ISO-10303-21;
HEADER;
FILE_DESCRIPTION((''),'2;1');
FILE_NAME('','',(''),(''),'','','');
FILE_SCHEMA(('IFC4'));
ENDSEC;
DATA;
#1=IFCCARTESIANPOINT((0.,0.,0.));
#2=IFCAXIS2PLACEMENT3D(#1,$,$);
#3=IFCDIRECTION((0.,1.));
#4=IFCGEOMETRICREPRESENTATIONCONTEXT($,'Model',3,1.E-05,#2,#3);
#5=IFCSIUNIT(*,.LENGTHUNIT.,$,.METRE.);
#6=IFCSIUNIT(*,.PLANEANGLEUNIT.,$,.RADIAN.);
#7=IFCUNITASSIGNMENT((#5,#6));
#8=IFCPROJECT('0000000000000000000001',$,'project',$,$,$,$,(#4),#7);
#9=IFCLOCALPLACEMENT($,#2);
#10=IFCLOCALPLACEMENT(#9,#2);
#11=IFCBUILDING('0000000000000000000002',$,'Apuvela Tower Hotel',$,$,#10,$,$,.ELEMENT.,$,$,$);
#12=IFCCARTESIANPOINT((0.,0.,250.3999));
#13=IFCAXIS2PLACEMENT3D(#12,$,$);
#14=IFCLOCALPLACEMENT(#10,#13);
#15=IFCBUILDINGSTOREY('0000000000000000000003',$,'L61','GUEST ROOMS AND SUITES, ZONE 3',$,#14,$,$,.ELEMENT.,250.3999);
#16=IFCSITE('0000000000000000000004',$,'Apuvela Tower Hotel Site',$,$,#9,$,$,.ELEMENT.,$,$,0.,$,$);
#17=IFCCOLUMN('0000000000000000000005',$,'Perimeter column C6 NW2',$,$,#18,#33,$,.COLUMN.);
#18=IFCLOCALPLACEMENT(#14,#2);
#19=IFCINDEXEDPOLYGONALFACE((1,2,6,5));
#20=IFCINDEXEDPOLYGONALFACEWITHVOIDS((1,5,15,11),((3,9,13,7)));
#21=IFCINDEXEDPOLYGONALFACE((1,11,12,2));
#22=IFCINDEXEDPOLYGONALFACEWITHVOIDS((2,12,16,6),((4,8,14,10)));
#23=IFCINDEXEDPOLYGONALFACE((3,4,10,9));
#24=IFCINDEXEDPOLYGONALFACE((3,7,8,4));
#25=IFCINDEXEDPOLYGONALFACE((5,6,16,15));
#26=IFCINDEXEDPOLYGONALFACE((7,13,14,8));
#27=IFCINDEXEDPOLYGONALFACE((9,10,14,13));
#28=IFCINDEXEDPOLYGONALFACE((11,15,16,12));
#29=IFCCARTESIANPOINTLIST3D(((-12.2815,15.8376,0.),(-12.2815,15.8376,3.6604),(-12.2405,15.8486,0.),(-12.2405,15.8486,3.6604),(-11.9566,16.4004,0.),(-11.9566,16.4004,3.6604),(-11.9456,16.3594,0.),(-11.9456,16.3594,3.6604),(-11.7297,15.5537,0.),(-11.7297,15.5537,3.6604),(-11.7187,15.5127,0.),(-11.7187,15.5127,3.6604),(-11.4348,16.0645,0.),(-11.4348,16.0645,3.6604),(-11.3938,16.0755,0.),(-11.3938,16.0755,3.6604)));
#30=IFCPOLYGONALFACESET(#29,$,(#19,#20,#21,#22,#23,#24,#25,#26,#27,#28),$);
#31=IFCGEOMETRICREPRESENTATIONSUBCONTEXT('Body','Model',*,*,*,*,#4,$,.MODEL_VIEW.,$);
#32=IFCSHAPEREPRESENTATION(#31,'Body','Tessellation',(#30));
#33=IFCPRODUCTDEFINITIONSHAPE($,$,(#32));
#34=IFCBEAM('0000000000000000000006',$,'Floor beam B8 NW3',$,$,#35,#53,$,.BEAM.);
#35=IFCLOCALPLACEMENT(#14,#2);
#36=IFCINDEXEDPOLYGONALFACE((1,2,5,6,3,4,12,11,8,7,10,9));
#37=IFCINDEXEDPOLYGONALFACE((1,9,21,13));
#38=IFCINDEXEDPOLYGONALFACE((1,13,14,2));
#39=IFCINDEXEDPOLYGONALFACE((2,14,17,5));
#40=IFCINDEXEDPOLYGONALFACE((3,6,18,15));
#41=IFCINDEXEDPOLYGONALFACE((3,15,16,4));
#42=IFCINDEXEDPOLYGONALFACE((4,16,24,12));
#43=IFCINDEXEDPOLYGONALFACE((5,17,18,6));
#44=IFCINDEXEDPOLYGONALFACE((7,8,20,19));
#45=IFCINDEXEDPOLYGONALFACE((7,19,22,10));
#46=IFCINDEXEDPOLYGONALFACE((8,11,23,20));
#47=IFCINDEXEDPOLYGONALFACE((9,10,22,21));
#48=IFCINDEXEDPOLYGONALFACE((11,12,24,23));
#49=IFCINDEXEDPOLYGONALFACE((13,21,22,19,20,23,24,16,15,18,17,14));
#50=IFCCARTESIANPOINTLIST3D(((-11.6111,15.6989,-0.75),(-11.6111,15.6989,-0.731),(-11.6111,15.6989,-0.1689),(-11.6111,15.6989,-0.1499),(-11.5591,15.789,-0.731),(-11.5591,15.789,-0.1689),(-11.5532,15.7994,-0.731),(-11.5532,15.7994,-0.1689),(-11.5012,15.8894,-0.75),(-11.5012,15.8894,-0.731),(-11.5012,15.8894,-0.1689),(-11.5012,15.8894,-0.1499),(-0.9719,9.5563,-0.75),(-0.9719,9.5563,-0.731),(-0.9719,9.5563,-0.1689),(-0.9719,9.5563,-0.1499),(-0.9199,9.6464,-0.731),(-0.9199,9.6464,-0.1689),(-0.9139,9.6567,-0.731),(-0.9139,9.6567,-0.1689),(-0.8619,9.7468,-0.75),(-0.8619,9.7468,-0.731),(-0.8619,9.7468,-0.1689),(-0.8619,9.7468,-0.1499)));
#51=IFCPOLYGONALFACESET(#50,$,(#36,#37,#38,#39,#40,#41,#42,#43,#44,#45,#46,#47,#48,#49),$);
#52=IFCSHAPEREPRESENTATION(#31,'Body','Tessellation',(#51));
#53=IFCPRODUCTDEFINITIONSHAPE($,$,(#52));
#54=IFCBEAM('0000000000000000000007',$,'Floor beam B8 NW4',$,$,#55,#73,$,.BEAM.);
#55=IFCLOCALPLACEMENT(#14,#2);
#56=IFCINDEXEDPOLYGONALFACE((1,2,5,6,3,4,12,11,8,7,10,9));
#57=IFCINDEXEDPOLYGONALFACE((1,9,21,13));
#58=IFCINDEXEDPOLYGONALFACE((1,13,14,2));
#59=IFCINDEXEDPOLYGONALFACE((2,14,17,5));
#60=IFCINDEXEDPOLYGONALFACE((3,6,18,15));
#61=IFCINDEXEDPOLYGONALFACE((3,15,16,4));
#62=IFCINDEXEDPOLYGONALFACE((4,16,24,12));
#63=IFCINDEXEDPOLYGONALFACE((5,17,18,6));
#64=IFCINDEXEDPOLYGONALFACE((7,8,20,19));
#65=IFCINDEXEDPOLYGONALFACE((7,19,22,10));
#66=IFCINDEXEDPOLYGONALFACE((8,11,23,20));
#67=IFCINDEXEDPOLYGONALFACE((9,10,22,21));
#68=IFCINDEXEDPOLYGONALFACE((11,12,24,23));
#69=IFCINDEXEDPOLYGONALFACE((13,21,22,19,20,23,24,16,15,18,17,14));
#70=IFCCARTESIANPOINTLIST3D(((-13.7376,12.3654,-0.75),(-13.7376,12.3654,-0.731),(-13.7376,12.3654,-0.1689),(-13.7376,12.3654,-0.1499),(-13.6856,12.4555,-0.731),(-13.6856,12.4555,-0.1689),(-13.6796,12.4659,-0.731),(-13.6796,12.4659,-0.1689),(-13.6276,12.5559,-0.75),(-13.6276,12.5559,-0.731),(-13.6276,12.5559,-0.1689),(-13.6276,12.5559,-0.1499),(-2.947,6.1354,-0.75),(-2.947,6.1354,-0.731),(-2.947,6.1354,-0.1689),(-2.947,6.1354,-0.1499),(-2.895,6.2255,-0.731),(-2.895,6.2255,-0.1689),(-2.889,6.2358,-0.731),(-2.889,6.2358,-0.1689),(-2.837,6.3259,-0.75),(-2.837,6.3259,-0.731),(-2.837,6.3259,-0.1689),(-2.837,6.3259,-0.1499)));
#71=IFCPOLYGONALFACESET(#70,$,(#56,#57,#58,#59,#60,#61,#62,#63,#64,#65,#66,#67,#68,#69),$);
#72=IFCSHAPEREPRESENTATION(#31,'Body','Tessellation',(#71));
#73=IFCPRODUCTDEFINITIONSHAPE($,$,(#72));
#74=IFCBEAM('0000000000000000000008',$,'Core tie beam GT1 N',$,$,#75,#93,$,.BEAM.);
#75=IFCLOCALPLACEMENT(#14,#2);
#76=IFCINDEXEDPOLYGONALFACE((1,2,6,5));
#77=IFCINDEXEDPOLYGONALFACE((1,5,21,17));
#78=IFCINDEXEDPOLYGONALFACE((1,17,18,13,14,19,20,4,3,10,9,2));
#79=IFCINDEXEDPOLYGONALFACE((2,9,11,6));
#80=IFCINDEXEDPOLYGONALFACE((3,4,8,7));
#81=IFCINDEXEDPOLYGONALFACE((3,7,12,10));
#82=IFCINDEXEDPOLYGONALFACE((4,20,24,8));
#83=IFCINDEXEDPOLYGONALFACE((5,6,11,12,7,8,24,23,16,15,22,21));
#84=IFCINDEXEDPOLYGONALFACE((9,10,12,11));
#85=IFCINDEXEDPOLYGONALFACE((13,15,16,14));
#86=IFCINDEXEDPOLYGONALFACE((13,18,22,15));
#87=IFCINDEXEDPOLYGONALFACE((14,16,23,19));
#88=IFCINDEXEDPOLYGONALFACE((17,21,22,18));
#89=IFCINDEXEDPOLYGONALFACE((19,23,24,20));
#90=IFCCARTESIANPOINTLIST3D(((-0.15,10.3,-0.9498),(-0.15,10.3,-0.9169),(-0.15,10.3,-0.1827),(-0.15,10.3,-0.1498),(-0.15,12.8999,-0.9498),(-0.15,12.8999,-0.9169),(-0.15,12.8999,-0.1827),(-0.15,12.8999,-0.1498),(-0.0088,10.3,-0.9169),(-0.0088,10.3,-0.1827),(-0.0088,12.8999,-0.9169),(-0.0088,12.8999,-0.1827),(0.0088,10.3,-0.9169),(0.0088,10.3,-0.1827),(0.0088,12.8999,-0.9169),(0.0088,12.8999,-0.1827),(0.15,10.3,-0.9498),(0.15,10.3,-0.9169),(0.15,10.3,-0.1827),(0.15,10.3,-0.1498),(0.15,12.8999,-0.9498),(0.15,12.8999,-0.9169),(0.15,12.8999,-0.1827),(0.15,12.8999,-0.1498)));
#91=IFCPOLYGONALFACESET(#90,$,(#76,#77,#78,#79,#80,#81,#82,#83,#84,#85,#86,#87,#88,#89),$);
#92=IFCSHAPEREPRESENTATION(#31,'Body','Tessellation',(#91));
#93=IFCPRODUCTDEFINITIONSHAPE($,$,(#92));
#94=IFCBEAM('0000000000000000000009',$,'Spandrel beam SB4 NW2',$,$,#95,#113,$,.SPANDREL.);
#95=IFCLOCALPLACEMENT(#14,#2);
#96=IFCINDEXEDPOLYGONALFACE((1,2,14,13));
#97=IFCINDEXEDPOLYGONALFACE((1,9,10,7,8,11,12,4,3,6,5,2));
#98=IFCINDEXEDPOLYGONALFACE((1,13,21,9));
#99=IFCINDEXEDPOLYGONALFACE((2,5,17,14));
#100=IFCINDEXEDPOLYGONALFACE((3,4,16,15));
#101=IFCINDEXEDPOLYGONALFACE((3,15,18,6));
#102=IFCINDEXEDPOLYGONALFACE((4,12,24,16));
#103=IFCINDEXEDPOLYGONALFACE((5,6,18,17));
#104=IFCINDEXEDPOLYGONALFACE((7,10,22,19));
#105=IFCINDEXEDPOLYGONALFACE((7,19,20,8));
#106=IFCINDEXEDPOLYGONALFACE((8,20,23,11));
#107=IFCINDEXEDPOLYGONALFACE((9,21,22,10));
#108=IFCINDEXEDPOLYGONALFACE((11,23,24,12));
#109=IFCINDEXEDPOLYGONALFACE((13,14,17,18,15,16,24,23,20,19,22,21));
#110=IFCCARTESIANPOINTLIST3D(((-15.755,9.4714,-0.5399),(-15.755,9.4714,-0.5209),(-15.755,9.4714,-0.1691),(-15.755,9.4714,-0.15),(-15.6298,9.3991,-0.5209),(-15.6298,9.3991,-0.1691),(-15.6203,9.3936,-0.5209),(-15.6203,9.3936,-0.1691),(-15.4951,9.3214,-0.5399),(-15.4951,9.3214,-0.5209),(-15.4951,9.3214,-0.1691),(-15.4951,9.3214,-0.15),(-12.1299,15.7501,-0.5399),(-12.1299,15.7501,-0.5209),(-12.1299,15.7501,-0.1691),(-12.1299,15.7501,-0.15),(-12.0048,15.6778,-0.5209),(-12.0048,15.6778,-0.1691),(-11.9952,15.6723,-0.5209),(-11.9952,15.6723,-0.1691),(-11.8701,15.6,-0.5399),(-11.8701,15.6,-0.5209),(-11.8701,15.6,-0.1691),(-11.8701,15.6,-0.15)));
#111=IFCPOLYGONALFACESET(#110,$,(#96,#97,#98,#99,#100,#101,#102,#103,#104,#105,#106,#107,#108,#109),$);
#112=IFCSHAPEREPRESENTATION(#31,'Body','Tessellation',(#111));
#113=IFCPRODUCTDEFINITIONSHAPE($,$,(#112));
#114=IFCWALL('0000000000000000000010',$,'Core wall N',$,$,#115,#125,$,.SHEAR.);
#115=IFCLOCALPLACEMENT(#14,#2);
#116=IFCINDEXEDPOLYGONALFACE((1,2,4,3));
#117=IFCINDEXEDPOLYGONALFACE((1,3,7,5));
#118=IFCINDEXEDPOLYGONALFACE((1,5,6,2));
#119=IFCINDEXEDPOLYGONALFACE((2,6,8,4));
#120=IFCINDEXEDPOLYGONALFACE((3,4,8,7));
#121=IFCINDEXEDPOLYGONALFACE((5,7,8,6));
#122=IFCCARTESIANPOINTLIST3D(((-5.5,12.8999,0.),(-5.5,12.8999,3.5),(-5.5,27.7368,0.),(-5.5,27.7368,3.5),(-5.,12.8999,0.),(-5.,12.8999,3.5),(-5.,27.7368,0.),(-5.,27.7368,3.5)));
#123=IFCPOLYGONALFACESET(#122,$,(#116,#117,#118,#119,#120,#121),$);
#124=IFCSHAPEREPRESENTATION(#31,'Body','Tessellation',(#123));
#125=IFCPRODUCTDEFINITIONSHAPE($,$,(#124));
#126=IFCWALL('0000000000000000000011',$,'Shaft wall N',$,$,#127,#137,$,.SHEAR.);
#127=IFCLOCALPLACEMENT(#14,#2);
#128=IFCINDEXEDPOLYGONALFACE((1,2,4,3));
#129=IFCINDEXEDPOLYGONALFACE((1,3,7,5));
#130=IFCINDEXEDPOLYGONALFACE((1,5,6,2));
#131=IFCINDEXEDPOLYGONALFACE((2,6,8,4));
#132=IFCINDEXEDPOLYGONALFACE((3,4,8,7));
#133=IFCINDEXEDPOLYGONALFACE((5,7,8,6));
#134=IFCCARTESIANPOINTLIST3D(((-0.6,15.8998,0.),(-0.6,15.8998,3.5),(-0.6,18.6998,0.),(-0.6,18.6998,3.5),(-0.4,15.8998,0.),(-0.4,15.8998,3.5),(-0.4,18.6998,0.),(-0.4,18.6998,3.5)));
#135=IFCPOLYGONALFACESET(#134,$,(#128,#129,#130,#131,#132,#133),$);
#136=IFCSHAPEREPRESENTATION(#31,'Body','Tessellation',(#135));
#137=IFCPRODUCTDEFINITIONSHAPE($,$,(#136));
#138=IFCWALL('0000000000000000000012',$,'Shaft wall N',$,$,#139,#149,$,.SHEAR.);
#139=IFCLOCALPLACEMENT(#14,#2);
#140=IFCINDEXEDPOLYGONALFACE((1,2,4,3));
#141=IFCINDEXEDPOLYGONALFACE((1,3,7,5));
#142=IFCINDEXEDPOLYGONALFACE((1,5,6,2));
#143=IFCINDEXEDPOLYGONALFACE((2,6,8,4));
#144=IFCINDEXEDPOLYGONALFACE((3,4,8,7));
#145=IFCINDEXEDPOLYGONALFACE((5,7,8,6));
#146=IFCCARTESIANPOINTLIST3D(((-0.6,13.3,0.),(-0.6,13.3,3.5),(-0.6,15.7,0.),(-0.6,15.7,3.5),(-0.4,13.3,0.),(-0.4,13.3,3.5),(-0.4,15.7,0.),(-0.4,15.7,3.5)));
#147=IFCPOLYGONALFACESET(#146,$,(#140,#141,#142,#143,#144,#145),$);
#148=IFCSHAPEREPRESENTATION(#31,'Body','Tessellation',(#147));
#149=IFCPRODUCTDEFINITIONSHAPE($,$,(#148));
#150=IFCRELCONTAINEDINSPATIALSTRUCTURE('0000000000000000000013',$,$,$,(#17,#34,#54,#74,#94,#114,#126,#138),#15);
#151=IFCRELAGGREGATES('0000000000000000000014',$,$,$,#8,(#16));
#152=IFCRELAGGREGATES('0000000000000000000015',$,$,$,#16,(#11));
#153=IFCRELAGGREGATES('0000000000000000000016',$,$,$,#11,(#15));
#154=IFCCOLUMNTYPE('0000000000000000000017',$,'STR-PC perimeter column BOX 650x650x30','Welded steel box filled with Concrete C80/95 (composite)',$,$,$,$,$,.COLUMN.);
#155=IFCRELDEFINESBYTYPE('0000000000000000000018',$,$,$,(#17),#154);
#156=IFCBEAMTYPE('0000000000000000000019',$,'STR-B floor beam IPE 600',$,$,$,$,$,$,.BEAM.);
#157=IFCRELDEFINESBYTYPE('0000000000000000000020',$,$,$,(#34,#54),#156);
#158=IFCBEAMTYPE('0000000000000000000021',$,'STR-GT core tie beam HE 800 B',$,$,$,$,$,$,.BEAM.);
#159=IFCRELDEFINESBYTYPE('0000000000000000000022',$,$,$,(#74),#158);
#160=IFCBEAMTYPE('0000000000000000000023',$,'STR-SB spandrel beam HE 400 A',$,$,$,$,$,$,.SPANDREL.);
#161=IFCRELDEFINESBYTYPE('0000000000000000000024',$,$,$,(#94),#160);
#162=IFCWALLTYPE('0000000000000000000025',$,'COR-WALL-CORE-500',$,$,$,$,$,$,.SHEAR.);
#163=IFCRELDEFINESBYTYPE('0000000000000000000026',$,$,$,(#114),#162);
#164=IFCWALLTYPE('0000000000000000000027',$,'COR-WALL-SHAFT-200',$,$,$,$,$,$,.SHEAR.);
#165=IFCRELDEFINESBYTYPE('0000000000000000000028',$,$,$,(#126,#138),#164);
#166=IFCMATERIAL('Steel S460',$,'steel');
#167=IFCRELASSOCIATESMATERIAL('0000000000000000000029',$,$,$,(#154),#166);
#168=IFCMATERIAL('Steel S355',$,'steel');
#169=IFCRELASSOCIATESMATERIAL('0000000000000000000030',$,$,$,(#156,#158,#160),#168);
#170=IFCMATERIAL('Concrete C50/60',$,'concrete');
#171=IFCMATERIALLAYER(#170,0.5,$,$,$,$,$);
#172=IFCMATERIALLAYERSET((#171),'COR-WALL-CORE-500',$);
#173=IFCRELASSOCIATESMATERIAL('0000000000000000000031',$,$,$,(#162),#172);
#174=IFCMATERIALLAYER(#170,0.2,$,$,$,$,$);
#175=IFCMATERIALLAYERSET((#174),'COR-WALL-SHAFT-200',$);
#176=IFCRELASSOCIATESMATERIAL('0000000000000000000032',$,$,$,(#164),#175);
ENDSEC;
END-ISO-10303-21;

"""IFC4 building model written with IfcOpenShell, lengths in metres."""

from ifc_helpers import new_model, si_unit, direction, frame, frame_2d, origin, origin_2d, place, context, subcontext, project, spatial, rectangle, hollow_rectangle, i_section, extrude, boolean, halfspace, material, layer, layer_set, material_profile, profile_set, type_object, element, save


model = new_model("IFC4")

# Units and contexts
model_context = context("Model", 3, precision=1e-05, world=origin(), true_north=direction((0.0, 1.0)))
body_context = subcontext(model_context, "Body", "Model", "MODEL_VIEW")
ifc_project = project(units=[si_unit("LENGTHUNIT", "METRE"), si_unit("PLANEANGLEUNIT", "RADIAN")], contexts=[model_context])

# Site, building, storey
site_placement = place(None, origin())
site = spatial("IfcSite", under=ifc_project, at=site_placement, Name="Apuvela Tower Hotel Site", CompositionType="ELEMENT", RefElevation=0.0)
building_placement = place(site_placement, origin())
building = spatial("IfcBuilding", under=site, at=building_placement, Name="Apuvela Tower Hotel", CompositionType="ELEMENT")
storey_placement = place(building_placement, frame((0.0, 0.0, 250.3999)))
storey = spatial("IfcBuildingStorey", under=building, at=storey_placement, Name="L61", Description="GUEST ROOMS AND SUITES, ZONE 3", CompositionType="ELEMENT", Elevation=250.3999)

# Column
ifc_material_1 = material(Name="Steel S460", Category="steel")
ifc_material_profile_1 = material_profile(ifc_material_1, hollow_rectangle(XDim=0.6499, YDim=0.6499, WallThickness=0.03, at=origin_2d()), Name="BOX 650x650x30")
ifc_material_2 = material(Name="Concrete C80/95", Category="concrete")
ifc_material_profile_2 = material_profile(ifc_material_2, rectangle(XDim=0.5901, YDim=0.5901, at=origin_2d()), Name="Concrete C80/95 infill")
ifc_profile_set_1 = profile_set([ifc_material_profile_1, ifc_material_profile_2], Name="Steel S460")
column_type = type_object("IfcColumnType", Name="STR-PC perimeter column BOX 650x650x30", Description="Welded steel box filled with Concrete C80/95 (composite)", PredefinedType="COLUMN", material=ifc_profile_set_1)
column_placement = place(storey_placement, frame((-11.8376, 15.9565, 0.0), z_axis=(0.0, 0.0, 1.0), x_axis=(0.5, 0.866025, 0.0)))
element("IfcColumn", 1, at=column_placement, inside=storey, type_object=column_type, Name="Perimeter column C6 NW2", PredefinedType="COLUMN", context=body_context, shape_type="SweptSolid", body=[
    boolean("DIFFERENCE", extrude(hollow_rectangle(XDim=0.6499, YDim=0.6499, WallThickness=0.03, at=origin_2d()), origin(), (0.0, 0.0, 1.0), 3.7002), halfspace(frame((0.0, 0.0, 3.6604), z_axis=(0.0, 0.0, 1.0), x_axis=(1.0, 0.0, 0.0)), False)),
])

# Beams
ifc_material_3 = material(Name="Steel S355", Category="steel")
ifc_material_profile_3 = material_profile(ifc_material_3, i_section(OverallWidth=0.22, OverallDepth=0.6001, WebThickness=0.012, FlangeThickness=0.019, at=origin_2d()), Name="IPE 600")
ifc_profile_set_2 = profile_set([ifc_material_profile_3], Name="Steel S355")
beam_type_1 = type_object("IfcBeamType", Name="STR-B floor beam IPE 600", PredefinedType="BEAM", material=ifc_profile_set_2)
beam_1_placement = place(storey_placement, frame((-11.5562, 15.7942, -0.45), z_axis=(0.866023, -0.500003, 0.0), x_axis=(0.500003, 0.866023, 0.0)))
element("IfcBeam", 2, at=beam_1_placement, inside=storey, type_object=beam_type_1, Name="Floor beam B8 NW3", PredefinedType="BEAM", context=body_context, shape_type="SweptSolid", body=[
    extrude(i_section(OverallWidth=0.22, OverallDepth=0.6001, WebThickness=0.012, FlangeThickness=0.019, at=origin_2d()), origin(), (0.0, 0.0, 1.0), 12.2852),
])
beam_2_placement = place(storey_placement, frame((-13.6826, 12.4607, -0.45), z_axis=(0.866023, -0.500004, 0.0), x_axis=(0.500004, 0.866023, 0.0)))
element("IfcBeam", 3, at=beam_2_placement, inside=storey, type_object=beam_type_1, Name="Floor beam B8 NW4", PredefinedType="BEAM", context=body_context, shape_type="SweptSolid", body=[
    extrude(i_section(OverallWidth=0.22, OverallDepth=0.6001, WebThickness=0.012, FlangeThickness=0.019, at=origin_2d()), origin(), (0.0, 0.0, 1.0), 12.46),
])
ifc_material_profile_4 = material_profile(ifc_material_3, i_section(OverallWidth=0.3, OverallDepth=0.8, WebThickness=0.0176, FlangeThickness=0.033, at=origin_2d()), Name="HE 800 B")
ifc_profile_set_3 = profile_set([ifc_material_profile_4], Name="Steel S355")
beam_type_2 = type_object("IfcBeamType", Name="STR-GT core tie beam HE 800 B", PredefinedType="BEAM", material=ifc_profile_set_3)
beam_3_placement = place(storey_placement, frame((0.0, 12.8999, -0.5498), z_axis=(0.0, -1.0, 0.0), x_axis=(1.0, 0.0, 0.0)))
element("IfcBeam", 4, at=beam_3_placement, inside=storey, type_object=beam_type_2, Name="Core tie beam GT1 N", PredefinedType="BEAM", context=body_context, shape_type="SweptSolid", body=[
    extrude(i_section(OverallWidth=0.3, OverallDepth=0.8, WebThickness=0.0176, FlangeThickness=0.033, at=origin_2d()), origin(), (0.0, 0.0, 1.0), 2.5999),
])
ifc_material_profile_5 = material_profile(ifc_material_3, i_section(OverallWidth=0.3, OverallDepth=0.3899, WebThickness=0.011, FlangeThickness=0.019, at=origin_2d()), Name="HE 400 A")
ifc_profile_set_4 = profile_set([ifc_material_profile_5], Name="Steel S355")
beam_type_3 = type_object("IfcBeamType", Name="STR-SB spandrel beam HE 400 A", PredefinedType="SPANDREL", material=ifc_profile_set_4)
beam_4_placement = place(storey_placement, frame((-12.0, 15.675, -0.345), z_axis=(-0.500007, -0.866021, 0.0), x_axis=(0.866021, -0.500007, 0.0)))
element("IfcBeam", 5, at=beam_4_placement, inside=storey, type_object=beam_type_3, Name="Spandrel beam SB4 NW2", PredefinedType="SPANDREL", context=body_context, shape_type="SweptSolid", body=[
    extrude(i_section(OverallWidth=0.3, OverallDepth=0.3899, WebThickness=0.011, FlangeThickness=0.019, at=origin_2d()), origin(), (0.0, 0.0, 1.0), 7.25),
])

# Walls
ifc_material_4 = material(Name="Concrete C50/60", Category="concrete")
ifc_layer_1 = layer(ifc_material_4, 0.5)
ifc_layer_set_1 = layer_set([ifc_layer_1], Name="COR-WALL-CORE-500")
wall_type_1 = type_object("IfcWallType", Name="COR-WALL-CORE-500", PredefinedType="SHEAR", material=ifc_layer_set_1)
wall_1_placement = place(storey_placement, frame((-5.25, 12.8999, 0.0), z_axis=(0.0, 0.0, 1.0), x_axis=(0.0, 1.0, 0.0)))
element("IfcWall", 6, at=wall_1_placement, inside=storey, type_object=wall_type_1, Name="Core wall N", PredefinedType="SHEAR", context=body_context, shape_type="SweptSolid", body=[
    extrude(rectangle(XDim=14.8369, YDim=0.5, at=frame_2d((7.4185, 0.0))), origin(), (0.0, 0.0, 1.0), 3.5),
])
ifc_layer_2 = layer(ifc_material_4, 0.2)
ifc_layer_set_2 = layer_set([ifc_layer_2], Name="COR-WALL-SHAFT-200")
wall_type_2 = type_object("IfcWallType", Name="COR-WALL-SHAFT-200", PredefinedType="SHEAR", material=ifc_layer_set_2)
wall_2_placement = place(storey_placement, frame((-0.5, 15.8999, 0.0), z_axis=(0.0, 0.0, 1.0), x_axis=(0.0, 1.0, 0.0)))
element("IfcWall", 7, at=wall_2_placement, inside=storey, type_object=wall_type_2, Name="Shaft wall N", PredefinedType="SHEAR", context=body_context, shape_type="SweptSolid", body=[
    extrude(rectangle(XDim=2.8, YDim=0.2, at=frame_2d((1.3999, 0.0))), origin(), (0.0, 0.0, 1.0), 3.5),
])
wall_3_placement = place(storey_placement, frame((-0.5, 13.3, 0.0), z_axis=(0.0, 0.0, 1.0), x_axis=(0.0, 1.0, 0.0)))
element("IfcWall", 8, at=wall_3_placement, inside=storey, type_object=wall_type_2, Name="Shaft wall N", PredefinedType="SHEAR", context=body_context, shape_type="SweptSolid", body=[
    extrude(rectangle(XDim=2.3999, YDim=0.2, at=frame_2d((1.2, 0.0))), origin(), (0.0, 0.0, 1.0), 3.5),
])

save(model, "model.ifc")
